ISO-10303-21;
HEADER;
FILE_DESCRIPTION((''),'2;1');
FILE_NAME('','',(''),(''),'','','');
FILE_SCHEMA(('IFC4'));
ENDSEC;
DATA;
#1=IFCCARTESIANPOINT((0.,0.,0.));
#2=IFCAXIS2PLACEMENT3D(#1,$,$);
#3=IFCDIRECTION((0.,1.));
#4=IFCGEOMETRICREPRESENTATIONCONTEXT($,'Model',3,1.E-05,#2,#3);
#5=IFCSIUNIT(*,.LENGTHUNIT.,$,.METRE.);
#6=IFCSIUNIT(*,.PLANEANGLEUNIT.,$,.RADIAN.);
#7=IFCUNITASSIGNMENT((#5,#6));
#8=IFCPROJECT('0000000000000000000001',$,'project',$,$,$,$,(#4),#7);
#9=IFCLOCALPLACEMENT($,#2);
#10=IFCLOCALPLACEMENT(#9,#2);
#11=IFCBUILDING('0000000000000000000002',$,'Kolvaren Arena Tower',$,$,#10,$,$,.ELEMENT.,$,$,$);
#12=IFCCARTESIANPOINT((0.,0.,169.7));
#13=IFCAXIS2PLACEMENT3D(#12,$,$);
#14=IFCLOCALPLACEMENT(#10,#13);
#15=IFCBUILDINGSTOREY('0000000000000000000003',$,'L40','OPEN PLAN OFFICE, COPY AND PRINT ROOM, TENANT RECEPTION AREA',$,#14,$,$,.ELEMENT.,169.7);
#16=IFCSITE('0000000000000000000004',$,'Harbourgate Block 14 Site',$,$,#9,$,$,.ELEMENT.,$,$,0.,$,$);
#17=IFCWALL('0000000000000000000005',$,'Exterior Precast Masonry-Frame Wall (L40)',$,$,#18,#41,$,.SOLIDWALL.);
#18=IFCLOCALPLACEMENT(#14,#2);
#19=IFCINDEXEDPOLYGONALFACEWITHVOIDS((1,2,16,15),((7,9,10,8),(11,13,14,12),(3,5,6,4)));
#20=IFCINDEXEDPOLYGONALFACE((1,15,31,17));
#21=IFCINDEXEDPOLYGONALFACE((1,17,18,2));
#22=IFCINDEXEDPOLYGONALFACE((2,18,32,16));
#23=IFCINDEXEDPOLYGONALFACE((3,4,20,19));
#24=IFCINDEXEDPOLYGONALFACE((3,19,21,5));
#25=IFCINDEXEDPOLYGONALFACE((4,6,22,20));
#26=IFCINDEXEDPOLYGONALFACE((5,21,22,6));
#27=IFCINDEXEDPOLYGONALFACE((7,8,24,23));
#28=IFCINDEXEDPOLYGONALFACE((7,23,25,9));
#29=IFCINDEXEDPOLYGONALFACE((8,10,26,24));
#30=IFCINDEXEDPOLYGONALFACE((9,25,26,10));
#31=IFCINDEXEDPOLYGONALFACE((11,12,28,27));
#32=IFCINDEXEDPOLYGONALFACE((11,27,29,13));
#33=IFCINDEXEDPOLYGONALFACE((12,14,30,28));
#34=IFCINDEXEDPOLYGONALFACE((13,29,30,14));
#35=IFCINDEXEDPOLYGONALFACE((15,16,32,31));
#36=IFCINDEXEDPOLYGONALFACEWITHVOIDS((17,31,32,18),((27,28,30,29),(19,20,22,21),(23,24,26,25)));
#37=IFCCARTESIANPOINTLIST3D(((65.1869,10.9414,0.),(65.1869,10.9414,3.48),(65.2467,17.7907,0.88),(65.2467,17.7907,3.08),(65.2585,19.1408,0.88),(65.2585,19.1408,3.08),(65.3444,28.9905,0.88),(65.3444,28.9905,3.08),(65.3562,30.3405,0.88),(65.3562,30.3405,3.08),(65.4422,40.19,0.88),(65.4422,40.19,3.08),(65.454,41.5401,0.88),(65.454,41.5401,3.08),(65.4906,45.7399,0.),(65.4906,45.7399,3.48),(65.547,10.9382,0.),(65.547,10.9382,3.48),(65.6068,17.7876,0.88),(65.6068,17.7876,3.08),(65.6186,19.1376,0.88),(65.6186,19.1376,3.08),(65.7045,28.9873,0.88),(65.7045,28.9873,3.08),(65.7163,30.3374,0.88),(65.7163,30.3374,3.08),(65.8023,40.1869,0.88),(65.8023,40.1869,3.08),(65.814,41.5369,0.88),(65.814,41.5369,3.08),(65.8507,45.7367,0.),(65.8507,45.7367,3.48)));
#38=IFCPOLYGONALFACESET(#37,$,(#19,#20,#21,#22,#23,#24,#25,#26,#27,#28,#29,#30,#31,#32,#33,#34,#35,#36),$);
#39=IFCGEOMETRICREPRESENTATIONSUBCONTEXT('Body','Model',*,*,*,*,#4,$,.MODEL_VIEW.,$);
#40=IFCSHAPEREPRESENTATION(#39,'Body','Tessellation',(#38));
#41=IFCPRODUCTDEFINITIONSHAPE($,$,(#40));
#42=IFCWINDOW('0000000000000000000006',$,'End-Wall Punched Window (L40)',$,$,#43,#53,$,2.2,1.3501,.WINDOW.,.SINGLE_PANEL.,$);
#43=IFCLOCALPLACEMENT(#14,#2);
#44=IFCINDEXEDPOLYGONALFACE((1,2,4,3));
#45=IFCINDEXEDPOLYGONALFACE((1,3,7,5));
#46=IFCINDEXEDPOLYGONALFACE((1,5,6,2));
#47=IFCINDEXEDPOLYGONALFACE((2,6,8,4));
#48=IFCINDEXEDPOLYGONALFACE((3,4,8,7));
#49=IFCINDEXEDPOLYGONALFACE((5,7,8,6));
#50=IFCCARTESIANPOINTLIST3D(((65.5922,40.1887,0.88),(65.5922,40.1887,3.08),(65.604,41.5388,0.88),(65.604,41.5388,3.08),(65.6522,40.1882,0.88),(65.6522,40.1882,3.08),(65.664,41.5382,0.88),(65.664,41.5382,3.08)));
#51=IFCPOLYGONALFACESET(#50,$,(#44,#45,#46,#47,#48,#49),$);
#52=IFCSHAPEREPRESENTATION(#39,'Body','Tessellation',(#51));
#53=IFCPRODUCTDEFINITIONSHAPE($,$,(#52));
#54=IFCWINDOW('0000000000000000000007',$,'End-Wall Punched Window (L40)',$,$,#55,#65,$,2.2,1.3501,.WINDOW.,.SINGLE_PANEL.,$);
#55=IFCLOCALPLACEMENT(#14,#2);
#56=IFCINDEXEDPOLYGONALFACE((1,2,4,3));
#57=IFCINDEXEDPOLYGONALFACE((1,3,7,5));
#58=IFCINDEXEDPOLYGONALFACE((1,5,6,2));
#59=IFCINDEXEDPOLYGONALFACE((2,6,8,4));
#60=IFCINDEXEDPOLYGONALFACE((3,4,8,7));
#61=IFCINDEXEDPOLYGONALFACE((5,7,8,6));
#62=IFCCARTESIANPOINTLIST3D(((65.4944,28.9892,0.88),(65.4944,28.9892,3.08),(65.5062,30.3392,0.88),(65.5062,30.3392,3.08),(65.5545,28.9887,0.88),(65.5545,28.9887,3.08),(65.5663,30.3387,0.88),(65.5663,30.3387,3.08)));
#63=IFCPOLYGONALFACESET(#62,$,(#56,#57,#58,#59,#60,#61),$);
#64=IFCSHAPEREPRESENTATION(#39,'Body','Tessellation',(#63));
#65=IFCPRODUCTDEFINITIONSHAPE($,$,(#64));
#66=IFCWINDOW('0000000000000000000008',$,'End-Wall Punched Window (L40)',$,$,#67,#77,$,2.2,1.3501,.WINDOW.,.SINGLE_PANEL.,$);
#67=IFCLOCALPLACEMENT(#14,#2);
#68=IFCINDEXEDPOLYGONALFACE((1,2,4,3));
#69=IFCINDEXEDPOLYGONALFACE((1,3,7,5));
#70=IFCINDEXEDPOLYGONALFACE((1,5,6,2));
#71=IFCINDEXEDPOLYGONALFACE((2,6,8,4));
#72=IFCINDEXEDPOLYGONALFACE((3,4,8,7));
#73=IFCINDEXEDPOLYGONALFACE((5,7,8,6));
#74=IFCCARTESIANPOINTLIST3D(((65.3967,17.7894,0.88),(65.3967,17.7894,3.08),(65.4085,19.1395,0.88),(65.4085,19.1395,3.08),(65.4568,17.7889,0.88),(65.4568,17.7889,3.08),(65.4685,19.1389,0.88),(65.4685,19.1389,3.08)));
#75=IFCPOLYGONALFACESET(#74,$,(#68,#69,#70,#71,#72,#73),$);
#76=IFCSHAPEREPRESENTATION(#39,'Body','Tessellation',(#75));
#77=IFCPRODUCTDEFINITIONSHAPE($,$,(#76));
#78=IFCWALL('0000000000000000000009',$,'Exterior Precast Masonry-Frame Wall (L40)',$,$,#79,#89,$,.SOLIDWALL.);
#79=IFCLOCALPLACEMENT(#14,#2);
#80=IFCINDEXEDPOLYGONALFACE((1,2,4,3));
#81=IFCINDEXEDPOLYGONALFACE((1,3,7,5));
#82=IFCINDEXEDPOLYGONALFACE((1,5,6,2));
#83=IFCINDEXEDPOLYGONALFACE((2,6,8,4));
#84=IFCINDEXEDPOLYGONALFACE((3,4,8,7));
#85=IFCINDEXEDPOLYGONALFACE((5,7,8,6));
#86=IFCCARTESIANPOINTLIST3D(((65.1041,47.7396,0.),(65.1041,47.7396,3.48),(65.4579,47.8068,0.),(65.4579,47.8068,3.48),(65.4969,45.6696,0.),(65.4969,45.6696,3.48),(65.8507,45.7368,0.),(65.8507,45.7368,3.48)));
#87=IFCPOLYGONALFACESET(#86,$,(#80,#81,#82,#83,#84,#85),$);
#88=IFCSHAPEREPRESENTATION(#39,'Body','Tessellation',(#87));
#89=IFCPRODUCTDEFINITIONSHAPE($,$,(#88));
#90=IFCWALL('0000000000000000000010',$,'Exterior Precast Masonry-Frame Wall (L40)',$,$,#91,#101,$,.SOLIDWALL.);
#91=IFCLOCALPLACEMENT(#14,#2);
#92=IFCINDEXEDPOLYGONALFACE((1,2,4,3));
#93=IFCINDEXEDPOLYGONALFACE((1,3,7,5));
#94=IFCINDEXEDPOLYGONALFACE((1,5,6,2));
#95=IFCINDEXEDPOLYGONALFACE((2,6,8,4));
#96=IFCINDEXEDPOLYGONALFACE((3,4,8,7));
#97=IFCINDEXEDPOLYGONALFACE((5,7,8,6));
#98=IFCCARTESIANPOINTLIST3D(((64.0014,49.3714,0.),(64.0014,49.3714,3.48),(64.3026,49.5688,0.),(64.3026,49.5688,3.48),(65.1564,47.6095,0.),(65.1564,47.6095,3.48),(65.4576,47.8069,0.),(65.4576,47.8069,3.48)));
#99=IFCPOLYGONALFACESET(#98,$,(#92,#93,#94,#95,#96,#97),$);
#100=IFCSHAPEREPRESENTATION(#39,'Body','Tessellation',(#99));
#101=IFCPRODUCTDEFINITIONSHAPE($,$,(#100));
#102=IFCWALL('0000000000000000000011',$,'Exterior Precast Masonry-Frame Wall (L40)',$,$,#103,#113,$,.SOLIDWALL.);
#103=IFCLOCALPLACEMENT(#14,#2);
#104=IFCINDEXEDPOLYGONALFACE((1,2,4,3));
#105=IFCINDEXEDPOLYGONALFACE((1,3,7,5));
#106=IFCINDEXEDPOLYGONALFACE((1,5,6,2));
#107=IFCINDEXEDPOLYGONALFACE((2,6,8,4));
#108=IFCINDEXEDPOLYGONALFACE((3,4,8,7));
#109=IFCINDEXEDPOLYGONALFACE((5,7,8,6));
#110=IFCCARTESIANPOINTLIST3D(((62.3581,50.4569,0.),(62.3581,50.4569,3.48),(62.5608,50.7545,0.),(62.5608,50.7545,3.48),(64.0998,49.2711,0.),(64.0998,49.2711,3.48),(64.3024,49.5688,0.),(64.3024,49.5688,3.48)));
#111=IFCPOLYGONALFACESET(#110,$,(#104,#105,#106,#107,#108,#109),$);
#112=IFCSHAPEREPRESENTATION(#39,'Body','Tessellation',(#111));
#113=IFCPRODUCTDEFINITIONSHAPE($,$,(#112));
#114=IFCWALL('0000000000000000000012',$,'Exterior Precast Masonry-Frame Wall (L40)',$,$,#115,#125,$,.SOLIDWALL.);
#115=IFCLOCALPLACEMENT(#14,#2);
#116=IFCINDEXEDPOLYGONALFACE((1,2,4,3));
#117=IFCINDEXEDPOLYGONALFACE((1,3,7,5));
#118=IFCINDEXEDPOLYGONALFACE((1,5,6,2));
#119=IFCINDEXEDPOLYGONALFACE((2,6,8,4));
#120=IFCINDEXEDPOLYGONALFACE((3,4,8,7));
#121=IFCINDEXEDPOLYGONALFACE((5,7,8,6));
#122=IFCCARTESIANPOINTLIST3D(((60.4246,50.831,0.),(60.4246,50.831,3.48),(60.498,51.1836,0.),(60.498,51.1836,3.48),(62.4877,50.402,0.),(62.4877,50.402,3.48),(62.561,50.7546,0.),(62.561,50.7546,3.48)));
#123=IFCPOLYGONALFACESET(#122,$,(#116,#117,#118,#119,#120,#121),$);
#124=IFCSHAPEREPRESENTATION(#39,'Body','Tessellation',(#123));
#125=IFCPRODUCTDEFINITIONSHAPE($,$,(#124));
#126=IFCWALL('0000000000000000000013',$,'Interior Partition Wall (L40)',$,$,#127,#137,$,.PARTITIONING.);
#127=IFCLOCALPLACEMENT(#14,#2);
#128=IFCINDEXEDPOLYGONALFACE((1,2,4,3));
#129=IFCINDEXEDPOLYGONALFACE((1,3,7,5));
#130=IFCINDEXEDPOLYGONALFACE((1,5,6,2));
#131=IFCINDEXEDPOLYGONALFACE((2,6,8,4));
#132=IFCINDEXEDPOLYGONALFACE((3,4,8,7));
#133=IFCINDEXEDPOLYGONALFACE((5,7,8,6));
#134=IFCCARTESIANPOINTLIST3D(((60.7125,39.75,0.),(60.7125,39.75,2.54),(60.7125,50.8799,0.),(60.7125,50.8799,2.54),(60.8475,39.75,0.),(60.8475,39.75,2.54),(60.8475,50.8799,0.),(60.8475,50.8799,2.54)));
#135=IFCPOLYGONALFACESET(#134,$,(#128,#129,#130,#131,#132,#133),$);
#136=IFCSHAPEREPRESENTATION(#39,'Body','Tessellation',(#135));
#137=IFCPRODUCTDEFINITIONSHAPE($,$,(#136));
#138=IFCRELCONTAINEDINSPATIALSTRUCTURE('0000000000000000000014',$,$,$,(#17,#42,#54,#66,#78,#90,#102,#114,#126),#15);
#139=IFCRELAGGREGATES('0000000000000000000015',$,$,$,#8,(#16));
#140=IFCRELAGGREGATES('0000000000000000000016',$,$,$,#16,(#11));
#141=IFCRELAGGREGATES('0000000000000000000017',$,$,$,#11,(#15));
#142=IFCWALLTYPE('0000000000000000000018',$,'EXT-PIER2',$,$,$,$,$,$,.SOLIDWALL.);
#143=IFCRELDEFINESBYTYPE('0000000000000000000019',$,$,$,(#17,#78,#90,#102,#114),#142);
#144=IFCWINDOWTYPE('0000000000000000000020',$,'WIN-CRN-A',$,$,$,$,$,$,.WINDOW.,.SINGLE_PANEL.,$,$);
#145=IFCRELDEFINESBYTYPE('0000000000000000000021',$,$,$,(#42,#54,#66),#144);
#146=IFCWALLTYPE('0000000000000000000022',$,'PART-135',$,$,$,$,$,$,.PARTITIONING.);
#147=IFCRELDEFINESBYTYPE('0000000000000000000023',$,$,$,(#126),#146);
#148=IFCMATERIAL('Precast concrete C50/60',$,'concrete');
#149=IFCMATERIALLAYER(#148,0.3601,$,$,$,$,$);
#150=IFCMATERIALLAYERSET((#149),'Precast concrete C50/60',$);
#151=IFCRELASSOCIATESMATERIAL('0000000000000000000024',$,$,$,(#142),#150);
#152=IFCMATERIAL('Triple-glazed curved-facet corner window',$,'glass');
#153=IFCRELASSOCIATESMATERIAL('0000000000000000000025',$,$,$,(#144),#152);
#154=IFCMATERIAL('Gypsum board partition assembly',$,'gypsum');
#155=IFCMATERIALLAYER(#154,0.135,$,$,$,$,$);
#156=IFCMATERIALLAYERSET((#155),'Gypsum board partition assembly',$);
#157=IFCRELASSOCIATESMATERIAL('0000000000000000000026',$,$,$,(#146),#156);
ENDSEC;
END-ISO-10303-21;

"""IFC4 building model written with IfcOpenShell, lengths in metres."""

from ifc_helpers import new_model, si_unit, direction, frame, frame_2d, origin, place, context, subcontext, project, spatial, rectangle, extrude, material, layer, layer_set, type_object, element, fill, save


model = new_model("IFC4")

# Units and contexts
model_context = context("Model", 3, precision=1e-05, world=origin(), true_north=direction((0.0, 1.0)))
body_context = subcontext(model_context, "Body", "Model", "MODEL_VIEW")
ifc_project = project(units=[si_unit("LENGTHUNIT", "METRE"), si_unit("PLANEANGLEUNIT", "RADIAN")], contexts=[model_context])

# Site, building, storey
site_placement = place(None, origin())
site = spatial("IfcSite", under=ifc_project, at=site_placement, Name="Harbourgate Block 14 Site", CompositionType="ELEMENT", RefElevation=0.0)
building_placement = place(site_placement, origin())
building = spatial("IfcBuilding", under=site, at=building_placement, Name="Kolvaren Arena Tower", CompositionType="ELEMENT")
storey_placement = place(building_placement, frame((0.0, 0.0, 169.7)))
storey = spatial("IfcBuildingStorey", under=building, at=storey_placement, Name="L40", Description="OPEN PLAN OFFICE, COPY AND PRINT ROOM, TENANT RECEPTION AREA", CompositionType="ELEMENT", Elevation=169.7)

# Wall, openings, windows
ifc_material_1 = material(Name="Precast concrete C50/60", Category="concrete")
ifc_layer_1 = layer(ifc_material_1, 0.3601)
ifc_layer_set_1 = layer_set([ifc_layer_1], Name="Precast concrete C50/60")
wall_type_1 = type_object("IfcWallType", Name="EXT-PIER2", PredefinedType="SOLIDWALL", material=ifc_layer_set_1)
wall_1_placement = place(storey_placement, frame((65.6707, 45.7383, 0.0), z_axis=(0.0, 0.0, 1.0), x_axis=(-0.008727, -0.999962, 0.0)))
wall_1 = element("IfcWall", 1, at=wall_1_placement, inside=storey, type_object=wall_type_1, Name="Exterior Precast Masonry-Frame Wall (L40)", PredefinedType="SOLIDWALL", context=body_context, shape_type="SweptSolid", body=[
    extrude(rectangle(XDim=34.7998, YDim=0.3601, at=frame_2d((17.3999, 0.0))), origin(), (0.0, 0.0, 1.0), 3.48),
])
opening_1_placement = place(wall_1_placement, frame((4.2, 0.0, 0.8799)))
opening_1 = element("IfcOpeningElement", 2, at=opening_1_placement, cuts=wall_1, PredefinedType="OPENING", context=body_context, shape_type="SweptSolid", body=[
    extrude(rectangle(XDim=1.3501, YDim=2.2, at=frame_2d((0.675, 1.1001))), frame((0.0, 0.1899, 0.0), z_axis=(0.0, -1.0, 0.0), x_axis=(1.0, 0.0, 0.0)), (0.0, 0.0, 1.0), 0.3801),
])
opening_2_placement = place(wall_1_placement, frame((15.3999, 0.0, 0.8799)))
opening_2 = element("IfcOpeningElement", 3, at=opening_2_placement, cuts=wall_1, PredefinedType="OPENING", context=body_context, shape_type="SweptSolid", body=[
    extrude(rectangle(XDim=1.3501, YDim=2.2, at=frame_2d((0.675, 1.1001))), frame((0.0, 0.1899, 0.0), z_axis=(0.0, -1.0, 0.0), x_axis=(1.0, 0.0, 0.0)), (0.0, 0.0, 1.0), 0.3801),
])
opening_3_placement = place(wall_1_placement, frame((26.6001, 0.0, 0.8799)))
opening_3 = element("IfcOpeningElement", 4, at=opening_3_placement, cuts=wall_1, PredefinedType="OPENING", context=body_context, shape_type="SweptSolid", body=[
    extrude(rectangle(XDim=1.3501, YDim=2.2, at=frame_2d((0.675, 1.1001))), frame((0.0, 0.1899, 0.0), z_axis=(0.0, -1.0, 0.0), x_axis=(1.0, 0.0, 0.0)), (0.0, 0.0, 1.0), 0.3801),
])
ifc_material_2 = material(Name="Triple-glazed curved-facet corner window", Category="glass")
window_type = type_object("IfcWindowType", Name="WIN-CRN-A", PartitioningType="SINGLE_PANEL", PredefinedType="WINDOW", material=ifc_material_2)
window_1_placement = place(opening_1_placement, origin())
window_1 = element("IfcWindow", 5, at=window_1_placement, inside=storey, type_object=window_type, Name="End-Wall Punched Window (L40)", OverallHeight=2.2, OverallWidth=1.3501, PartitioningType="SINGLE_PANEL", PredefinedType="WINDOW", context=body_context, shape_type="SweptSolid", body=[
    extrude(rectangle(XDim=1.3501, YDim=2.2, at=frame_2d((0.675, 1.1001))), frame((0.0, 0.03, 0.0), z_axis=(0.0, -1.0, 0.0), x_axis=(1.0, 0.0, 0.0)), (0.0, 0.0, 1.0), 0.0601),
])
fill(opening_1, window_1)
window_2_placement = place(opening_2_placement, origin())
window_2 = element("IfcWindow", 6, at=window_2_placement, inside=storey, type_object=window_type, Name="End-Wall Punched Window (L40)", OverallHeight=2.2, OverallWidth=1.3501, PartitioningType="SINGLE_PANEL", PredefinedType="WINDOW", context=body_context, shape_type="SweptSolid", body=[
    extrude(rectangle(XDim=1.3501, YDim=2.2, at=frame_2d((0.675, 1.1001))), frame((0.0, 0.03, 0.0), z_axis=(0.0, -1.0, 0.0), x_axis=(1.0, 0.0, 0.0)), (0.0, 0.0, 1.0), 0.0601),
])
fill(opening_2, window_2)
window_3_placement = place(opening_3_placement, origin())
window_3 = element("IfcWindow", 7, at=window_3_placement, inside=storey, type_object=window_type, Name="End-Wall Punched Window (L40)", OverallHeight=2.2, OverallWidth=1.3501, PartitioningType="SINGLE_PANEL", PredefinedType="WINDOW", context=body_context, shape_type="SweptSolid", body=[
    extrude(rectangle(XDim=1.3501, YDim=2.2, at=frame_2d((0.675, 1.1001))), frame((0.0, 0.03, 0.0), z_axis=(0.0, -1.0, 0.0), x_axis=(1.0, 0.0, 0.0)), (0.0, 0.0, 1.0), 0.0601),
])
fill(opening_3, window_3)

# Walls
wall_2_placement = place(storey_placement, frame((65.281, 47.7732, 0.0), z_axis=(0.0, 0.0, 1.0), x_axis=(0.186436, -0.982467, 0.0)))
element("IfcWall", 8, at=wall_2_placement, inside=storey, type_object=wall_type_1, Name="Exterior Precast Masonry-Frame Wall (L40)", PredefinedType="SOLIDWALL", context=body_context, shape_type="SweptSolid", body=[
    extrude(rectangle(XDim=2.1069, YDim=0.3601, at=frame_2d((1.0535, 0.0))), origin(), (0.0, 0.0, 1.0), 3.48),
])
wall_3_placement = place(storey_placement, frame((64.1521, 49.47, 0.0), z_axis=(0.0, 0.0, 1.0), x_axis=(0.548239, -0.836322, 0.0)))
element("IfcWall", 9, at=wall_3_placement, inside=storey, type_object=wall_type_1, Name="Exterior Precast Masonry-Frame Wall (L40)", PredefinedType="SOLIDWALL", context=body_context, shape_type="SweptSolid", body=[
    extrude(rectangle(XDim=2.1067, YDim=0.3601, at=frame_2d((1.0532, 0.0))), origin(), (0.0, 0.0, 1.0), 3.48),
])
wall_4_placement = place(storey_placement, frame((62.4595, 50.6057, 0.0), z_axis=(0.0, 0.0, 1.0), x_axis=(0.82661, -0.562776, 0.0)))
element("IfcWall", 10, at=wall_4_placement, inside=storey, type_object=wall_type_1, Name="Exterior Precast Masonry-Frame Wall (L40)", PredefinedType="SOLIDWALL", context=body_context, shape_type="SweptSolid", body=[
    extrude(rectangle(XDim=2.1069, YDim=0.3601, at=frame_2d((1.0535, 0.0))), origin(), (0.0, 0.0, 1.0), 3.48),
])
wall_5_placement = place(storey_placement, frame((60.4612, 51.0073, 0.0), z_axis=(0.0, 0.0, 1.0), x_axis=(0.979059, -0.203575, 0.0)))
element("IfcWall", 11, at=wall_5_placement, inside=storey, type_object=wall_type_1, Name="Exterior Precast Masonry-Frame Wall (L40)", PredefinedType="SOLIDWALL", context=body_context, shape_type="SweptSolid", body=[
    extrude(rectangle(XDim=2.1072, YDim=0.3601, at=frame_2d((1.0537, 0.0))), origin(), (0.0, 0.0, 1.0), 3.48),
])
ifc_material_3 = material(Name="Gypsum board partition assembly", Category="gypsum")
ifc_layer_2 = layer(ifc_material_3, 0.135)
ifc_layer_set_2 = layer_set([ifc_layer_2], Name="Gypsum board partition assembly")
wall_type_2 = type_object("IfcWallType", Name="PART-135", PredefinedType="PARTITIONING", material=ifc_layer_set_2)
wall_6_placement = place(storey_placement, frame((60.78, 39.75, 0.0), z_axis=(0.0, 0.0, 1.0), x_axis=(0.0, 1.0, 0.0)))
element("IfcWall", 12, at=wall_6_placement, inside=storey, type_object=wall_type_2, Name="Interior Partition Wall (L40)", PredefinedType="PARTITIONING", context=body_context, shape_type="SweptSolid", body=[
    extrude(rectangle(XDim=11.1299, YDim=0.135, at=frame_2d((5.5649, 0.0))), origin(), (0.0, 0.0, 1.0), 2.54),
])

save(model, "model.ifc")
